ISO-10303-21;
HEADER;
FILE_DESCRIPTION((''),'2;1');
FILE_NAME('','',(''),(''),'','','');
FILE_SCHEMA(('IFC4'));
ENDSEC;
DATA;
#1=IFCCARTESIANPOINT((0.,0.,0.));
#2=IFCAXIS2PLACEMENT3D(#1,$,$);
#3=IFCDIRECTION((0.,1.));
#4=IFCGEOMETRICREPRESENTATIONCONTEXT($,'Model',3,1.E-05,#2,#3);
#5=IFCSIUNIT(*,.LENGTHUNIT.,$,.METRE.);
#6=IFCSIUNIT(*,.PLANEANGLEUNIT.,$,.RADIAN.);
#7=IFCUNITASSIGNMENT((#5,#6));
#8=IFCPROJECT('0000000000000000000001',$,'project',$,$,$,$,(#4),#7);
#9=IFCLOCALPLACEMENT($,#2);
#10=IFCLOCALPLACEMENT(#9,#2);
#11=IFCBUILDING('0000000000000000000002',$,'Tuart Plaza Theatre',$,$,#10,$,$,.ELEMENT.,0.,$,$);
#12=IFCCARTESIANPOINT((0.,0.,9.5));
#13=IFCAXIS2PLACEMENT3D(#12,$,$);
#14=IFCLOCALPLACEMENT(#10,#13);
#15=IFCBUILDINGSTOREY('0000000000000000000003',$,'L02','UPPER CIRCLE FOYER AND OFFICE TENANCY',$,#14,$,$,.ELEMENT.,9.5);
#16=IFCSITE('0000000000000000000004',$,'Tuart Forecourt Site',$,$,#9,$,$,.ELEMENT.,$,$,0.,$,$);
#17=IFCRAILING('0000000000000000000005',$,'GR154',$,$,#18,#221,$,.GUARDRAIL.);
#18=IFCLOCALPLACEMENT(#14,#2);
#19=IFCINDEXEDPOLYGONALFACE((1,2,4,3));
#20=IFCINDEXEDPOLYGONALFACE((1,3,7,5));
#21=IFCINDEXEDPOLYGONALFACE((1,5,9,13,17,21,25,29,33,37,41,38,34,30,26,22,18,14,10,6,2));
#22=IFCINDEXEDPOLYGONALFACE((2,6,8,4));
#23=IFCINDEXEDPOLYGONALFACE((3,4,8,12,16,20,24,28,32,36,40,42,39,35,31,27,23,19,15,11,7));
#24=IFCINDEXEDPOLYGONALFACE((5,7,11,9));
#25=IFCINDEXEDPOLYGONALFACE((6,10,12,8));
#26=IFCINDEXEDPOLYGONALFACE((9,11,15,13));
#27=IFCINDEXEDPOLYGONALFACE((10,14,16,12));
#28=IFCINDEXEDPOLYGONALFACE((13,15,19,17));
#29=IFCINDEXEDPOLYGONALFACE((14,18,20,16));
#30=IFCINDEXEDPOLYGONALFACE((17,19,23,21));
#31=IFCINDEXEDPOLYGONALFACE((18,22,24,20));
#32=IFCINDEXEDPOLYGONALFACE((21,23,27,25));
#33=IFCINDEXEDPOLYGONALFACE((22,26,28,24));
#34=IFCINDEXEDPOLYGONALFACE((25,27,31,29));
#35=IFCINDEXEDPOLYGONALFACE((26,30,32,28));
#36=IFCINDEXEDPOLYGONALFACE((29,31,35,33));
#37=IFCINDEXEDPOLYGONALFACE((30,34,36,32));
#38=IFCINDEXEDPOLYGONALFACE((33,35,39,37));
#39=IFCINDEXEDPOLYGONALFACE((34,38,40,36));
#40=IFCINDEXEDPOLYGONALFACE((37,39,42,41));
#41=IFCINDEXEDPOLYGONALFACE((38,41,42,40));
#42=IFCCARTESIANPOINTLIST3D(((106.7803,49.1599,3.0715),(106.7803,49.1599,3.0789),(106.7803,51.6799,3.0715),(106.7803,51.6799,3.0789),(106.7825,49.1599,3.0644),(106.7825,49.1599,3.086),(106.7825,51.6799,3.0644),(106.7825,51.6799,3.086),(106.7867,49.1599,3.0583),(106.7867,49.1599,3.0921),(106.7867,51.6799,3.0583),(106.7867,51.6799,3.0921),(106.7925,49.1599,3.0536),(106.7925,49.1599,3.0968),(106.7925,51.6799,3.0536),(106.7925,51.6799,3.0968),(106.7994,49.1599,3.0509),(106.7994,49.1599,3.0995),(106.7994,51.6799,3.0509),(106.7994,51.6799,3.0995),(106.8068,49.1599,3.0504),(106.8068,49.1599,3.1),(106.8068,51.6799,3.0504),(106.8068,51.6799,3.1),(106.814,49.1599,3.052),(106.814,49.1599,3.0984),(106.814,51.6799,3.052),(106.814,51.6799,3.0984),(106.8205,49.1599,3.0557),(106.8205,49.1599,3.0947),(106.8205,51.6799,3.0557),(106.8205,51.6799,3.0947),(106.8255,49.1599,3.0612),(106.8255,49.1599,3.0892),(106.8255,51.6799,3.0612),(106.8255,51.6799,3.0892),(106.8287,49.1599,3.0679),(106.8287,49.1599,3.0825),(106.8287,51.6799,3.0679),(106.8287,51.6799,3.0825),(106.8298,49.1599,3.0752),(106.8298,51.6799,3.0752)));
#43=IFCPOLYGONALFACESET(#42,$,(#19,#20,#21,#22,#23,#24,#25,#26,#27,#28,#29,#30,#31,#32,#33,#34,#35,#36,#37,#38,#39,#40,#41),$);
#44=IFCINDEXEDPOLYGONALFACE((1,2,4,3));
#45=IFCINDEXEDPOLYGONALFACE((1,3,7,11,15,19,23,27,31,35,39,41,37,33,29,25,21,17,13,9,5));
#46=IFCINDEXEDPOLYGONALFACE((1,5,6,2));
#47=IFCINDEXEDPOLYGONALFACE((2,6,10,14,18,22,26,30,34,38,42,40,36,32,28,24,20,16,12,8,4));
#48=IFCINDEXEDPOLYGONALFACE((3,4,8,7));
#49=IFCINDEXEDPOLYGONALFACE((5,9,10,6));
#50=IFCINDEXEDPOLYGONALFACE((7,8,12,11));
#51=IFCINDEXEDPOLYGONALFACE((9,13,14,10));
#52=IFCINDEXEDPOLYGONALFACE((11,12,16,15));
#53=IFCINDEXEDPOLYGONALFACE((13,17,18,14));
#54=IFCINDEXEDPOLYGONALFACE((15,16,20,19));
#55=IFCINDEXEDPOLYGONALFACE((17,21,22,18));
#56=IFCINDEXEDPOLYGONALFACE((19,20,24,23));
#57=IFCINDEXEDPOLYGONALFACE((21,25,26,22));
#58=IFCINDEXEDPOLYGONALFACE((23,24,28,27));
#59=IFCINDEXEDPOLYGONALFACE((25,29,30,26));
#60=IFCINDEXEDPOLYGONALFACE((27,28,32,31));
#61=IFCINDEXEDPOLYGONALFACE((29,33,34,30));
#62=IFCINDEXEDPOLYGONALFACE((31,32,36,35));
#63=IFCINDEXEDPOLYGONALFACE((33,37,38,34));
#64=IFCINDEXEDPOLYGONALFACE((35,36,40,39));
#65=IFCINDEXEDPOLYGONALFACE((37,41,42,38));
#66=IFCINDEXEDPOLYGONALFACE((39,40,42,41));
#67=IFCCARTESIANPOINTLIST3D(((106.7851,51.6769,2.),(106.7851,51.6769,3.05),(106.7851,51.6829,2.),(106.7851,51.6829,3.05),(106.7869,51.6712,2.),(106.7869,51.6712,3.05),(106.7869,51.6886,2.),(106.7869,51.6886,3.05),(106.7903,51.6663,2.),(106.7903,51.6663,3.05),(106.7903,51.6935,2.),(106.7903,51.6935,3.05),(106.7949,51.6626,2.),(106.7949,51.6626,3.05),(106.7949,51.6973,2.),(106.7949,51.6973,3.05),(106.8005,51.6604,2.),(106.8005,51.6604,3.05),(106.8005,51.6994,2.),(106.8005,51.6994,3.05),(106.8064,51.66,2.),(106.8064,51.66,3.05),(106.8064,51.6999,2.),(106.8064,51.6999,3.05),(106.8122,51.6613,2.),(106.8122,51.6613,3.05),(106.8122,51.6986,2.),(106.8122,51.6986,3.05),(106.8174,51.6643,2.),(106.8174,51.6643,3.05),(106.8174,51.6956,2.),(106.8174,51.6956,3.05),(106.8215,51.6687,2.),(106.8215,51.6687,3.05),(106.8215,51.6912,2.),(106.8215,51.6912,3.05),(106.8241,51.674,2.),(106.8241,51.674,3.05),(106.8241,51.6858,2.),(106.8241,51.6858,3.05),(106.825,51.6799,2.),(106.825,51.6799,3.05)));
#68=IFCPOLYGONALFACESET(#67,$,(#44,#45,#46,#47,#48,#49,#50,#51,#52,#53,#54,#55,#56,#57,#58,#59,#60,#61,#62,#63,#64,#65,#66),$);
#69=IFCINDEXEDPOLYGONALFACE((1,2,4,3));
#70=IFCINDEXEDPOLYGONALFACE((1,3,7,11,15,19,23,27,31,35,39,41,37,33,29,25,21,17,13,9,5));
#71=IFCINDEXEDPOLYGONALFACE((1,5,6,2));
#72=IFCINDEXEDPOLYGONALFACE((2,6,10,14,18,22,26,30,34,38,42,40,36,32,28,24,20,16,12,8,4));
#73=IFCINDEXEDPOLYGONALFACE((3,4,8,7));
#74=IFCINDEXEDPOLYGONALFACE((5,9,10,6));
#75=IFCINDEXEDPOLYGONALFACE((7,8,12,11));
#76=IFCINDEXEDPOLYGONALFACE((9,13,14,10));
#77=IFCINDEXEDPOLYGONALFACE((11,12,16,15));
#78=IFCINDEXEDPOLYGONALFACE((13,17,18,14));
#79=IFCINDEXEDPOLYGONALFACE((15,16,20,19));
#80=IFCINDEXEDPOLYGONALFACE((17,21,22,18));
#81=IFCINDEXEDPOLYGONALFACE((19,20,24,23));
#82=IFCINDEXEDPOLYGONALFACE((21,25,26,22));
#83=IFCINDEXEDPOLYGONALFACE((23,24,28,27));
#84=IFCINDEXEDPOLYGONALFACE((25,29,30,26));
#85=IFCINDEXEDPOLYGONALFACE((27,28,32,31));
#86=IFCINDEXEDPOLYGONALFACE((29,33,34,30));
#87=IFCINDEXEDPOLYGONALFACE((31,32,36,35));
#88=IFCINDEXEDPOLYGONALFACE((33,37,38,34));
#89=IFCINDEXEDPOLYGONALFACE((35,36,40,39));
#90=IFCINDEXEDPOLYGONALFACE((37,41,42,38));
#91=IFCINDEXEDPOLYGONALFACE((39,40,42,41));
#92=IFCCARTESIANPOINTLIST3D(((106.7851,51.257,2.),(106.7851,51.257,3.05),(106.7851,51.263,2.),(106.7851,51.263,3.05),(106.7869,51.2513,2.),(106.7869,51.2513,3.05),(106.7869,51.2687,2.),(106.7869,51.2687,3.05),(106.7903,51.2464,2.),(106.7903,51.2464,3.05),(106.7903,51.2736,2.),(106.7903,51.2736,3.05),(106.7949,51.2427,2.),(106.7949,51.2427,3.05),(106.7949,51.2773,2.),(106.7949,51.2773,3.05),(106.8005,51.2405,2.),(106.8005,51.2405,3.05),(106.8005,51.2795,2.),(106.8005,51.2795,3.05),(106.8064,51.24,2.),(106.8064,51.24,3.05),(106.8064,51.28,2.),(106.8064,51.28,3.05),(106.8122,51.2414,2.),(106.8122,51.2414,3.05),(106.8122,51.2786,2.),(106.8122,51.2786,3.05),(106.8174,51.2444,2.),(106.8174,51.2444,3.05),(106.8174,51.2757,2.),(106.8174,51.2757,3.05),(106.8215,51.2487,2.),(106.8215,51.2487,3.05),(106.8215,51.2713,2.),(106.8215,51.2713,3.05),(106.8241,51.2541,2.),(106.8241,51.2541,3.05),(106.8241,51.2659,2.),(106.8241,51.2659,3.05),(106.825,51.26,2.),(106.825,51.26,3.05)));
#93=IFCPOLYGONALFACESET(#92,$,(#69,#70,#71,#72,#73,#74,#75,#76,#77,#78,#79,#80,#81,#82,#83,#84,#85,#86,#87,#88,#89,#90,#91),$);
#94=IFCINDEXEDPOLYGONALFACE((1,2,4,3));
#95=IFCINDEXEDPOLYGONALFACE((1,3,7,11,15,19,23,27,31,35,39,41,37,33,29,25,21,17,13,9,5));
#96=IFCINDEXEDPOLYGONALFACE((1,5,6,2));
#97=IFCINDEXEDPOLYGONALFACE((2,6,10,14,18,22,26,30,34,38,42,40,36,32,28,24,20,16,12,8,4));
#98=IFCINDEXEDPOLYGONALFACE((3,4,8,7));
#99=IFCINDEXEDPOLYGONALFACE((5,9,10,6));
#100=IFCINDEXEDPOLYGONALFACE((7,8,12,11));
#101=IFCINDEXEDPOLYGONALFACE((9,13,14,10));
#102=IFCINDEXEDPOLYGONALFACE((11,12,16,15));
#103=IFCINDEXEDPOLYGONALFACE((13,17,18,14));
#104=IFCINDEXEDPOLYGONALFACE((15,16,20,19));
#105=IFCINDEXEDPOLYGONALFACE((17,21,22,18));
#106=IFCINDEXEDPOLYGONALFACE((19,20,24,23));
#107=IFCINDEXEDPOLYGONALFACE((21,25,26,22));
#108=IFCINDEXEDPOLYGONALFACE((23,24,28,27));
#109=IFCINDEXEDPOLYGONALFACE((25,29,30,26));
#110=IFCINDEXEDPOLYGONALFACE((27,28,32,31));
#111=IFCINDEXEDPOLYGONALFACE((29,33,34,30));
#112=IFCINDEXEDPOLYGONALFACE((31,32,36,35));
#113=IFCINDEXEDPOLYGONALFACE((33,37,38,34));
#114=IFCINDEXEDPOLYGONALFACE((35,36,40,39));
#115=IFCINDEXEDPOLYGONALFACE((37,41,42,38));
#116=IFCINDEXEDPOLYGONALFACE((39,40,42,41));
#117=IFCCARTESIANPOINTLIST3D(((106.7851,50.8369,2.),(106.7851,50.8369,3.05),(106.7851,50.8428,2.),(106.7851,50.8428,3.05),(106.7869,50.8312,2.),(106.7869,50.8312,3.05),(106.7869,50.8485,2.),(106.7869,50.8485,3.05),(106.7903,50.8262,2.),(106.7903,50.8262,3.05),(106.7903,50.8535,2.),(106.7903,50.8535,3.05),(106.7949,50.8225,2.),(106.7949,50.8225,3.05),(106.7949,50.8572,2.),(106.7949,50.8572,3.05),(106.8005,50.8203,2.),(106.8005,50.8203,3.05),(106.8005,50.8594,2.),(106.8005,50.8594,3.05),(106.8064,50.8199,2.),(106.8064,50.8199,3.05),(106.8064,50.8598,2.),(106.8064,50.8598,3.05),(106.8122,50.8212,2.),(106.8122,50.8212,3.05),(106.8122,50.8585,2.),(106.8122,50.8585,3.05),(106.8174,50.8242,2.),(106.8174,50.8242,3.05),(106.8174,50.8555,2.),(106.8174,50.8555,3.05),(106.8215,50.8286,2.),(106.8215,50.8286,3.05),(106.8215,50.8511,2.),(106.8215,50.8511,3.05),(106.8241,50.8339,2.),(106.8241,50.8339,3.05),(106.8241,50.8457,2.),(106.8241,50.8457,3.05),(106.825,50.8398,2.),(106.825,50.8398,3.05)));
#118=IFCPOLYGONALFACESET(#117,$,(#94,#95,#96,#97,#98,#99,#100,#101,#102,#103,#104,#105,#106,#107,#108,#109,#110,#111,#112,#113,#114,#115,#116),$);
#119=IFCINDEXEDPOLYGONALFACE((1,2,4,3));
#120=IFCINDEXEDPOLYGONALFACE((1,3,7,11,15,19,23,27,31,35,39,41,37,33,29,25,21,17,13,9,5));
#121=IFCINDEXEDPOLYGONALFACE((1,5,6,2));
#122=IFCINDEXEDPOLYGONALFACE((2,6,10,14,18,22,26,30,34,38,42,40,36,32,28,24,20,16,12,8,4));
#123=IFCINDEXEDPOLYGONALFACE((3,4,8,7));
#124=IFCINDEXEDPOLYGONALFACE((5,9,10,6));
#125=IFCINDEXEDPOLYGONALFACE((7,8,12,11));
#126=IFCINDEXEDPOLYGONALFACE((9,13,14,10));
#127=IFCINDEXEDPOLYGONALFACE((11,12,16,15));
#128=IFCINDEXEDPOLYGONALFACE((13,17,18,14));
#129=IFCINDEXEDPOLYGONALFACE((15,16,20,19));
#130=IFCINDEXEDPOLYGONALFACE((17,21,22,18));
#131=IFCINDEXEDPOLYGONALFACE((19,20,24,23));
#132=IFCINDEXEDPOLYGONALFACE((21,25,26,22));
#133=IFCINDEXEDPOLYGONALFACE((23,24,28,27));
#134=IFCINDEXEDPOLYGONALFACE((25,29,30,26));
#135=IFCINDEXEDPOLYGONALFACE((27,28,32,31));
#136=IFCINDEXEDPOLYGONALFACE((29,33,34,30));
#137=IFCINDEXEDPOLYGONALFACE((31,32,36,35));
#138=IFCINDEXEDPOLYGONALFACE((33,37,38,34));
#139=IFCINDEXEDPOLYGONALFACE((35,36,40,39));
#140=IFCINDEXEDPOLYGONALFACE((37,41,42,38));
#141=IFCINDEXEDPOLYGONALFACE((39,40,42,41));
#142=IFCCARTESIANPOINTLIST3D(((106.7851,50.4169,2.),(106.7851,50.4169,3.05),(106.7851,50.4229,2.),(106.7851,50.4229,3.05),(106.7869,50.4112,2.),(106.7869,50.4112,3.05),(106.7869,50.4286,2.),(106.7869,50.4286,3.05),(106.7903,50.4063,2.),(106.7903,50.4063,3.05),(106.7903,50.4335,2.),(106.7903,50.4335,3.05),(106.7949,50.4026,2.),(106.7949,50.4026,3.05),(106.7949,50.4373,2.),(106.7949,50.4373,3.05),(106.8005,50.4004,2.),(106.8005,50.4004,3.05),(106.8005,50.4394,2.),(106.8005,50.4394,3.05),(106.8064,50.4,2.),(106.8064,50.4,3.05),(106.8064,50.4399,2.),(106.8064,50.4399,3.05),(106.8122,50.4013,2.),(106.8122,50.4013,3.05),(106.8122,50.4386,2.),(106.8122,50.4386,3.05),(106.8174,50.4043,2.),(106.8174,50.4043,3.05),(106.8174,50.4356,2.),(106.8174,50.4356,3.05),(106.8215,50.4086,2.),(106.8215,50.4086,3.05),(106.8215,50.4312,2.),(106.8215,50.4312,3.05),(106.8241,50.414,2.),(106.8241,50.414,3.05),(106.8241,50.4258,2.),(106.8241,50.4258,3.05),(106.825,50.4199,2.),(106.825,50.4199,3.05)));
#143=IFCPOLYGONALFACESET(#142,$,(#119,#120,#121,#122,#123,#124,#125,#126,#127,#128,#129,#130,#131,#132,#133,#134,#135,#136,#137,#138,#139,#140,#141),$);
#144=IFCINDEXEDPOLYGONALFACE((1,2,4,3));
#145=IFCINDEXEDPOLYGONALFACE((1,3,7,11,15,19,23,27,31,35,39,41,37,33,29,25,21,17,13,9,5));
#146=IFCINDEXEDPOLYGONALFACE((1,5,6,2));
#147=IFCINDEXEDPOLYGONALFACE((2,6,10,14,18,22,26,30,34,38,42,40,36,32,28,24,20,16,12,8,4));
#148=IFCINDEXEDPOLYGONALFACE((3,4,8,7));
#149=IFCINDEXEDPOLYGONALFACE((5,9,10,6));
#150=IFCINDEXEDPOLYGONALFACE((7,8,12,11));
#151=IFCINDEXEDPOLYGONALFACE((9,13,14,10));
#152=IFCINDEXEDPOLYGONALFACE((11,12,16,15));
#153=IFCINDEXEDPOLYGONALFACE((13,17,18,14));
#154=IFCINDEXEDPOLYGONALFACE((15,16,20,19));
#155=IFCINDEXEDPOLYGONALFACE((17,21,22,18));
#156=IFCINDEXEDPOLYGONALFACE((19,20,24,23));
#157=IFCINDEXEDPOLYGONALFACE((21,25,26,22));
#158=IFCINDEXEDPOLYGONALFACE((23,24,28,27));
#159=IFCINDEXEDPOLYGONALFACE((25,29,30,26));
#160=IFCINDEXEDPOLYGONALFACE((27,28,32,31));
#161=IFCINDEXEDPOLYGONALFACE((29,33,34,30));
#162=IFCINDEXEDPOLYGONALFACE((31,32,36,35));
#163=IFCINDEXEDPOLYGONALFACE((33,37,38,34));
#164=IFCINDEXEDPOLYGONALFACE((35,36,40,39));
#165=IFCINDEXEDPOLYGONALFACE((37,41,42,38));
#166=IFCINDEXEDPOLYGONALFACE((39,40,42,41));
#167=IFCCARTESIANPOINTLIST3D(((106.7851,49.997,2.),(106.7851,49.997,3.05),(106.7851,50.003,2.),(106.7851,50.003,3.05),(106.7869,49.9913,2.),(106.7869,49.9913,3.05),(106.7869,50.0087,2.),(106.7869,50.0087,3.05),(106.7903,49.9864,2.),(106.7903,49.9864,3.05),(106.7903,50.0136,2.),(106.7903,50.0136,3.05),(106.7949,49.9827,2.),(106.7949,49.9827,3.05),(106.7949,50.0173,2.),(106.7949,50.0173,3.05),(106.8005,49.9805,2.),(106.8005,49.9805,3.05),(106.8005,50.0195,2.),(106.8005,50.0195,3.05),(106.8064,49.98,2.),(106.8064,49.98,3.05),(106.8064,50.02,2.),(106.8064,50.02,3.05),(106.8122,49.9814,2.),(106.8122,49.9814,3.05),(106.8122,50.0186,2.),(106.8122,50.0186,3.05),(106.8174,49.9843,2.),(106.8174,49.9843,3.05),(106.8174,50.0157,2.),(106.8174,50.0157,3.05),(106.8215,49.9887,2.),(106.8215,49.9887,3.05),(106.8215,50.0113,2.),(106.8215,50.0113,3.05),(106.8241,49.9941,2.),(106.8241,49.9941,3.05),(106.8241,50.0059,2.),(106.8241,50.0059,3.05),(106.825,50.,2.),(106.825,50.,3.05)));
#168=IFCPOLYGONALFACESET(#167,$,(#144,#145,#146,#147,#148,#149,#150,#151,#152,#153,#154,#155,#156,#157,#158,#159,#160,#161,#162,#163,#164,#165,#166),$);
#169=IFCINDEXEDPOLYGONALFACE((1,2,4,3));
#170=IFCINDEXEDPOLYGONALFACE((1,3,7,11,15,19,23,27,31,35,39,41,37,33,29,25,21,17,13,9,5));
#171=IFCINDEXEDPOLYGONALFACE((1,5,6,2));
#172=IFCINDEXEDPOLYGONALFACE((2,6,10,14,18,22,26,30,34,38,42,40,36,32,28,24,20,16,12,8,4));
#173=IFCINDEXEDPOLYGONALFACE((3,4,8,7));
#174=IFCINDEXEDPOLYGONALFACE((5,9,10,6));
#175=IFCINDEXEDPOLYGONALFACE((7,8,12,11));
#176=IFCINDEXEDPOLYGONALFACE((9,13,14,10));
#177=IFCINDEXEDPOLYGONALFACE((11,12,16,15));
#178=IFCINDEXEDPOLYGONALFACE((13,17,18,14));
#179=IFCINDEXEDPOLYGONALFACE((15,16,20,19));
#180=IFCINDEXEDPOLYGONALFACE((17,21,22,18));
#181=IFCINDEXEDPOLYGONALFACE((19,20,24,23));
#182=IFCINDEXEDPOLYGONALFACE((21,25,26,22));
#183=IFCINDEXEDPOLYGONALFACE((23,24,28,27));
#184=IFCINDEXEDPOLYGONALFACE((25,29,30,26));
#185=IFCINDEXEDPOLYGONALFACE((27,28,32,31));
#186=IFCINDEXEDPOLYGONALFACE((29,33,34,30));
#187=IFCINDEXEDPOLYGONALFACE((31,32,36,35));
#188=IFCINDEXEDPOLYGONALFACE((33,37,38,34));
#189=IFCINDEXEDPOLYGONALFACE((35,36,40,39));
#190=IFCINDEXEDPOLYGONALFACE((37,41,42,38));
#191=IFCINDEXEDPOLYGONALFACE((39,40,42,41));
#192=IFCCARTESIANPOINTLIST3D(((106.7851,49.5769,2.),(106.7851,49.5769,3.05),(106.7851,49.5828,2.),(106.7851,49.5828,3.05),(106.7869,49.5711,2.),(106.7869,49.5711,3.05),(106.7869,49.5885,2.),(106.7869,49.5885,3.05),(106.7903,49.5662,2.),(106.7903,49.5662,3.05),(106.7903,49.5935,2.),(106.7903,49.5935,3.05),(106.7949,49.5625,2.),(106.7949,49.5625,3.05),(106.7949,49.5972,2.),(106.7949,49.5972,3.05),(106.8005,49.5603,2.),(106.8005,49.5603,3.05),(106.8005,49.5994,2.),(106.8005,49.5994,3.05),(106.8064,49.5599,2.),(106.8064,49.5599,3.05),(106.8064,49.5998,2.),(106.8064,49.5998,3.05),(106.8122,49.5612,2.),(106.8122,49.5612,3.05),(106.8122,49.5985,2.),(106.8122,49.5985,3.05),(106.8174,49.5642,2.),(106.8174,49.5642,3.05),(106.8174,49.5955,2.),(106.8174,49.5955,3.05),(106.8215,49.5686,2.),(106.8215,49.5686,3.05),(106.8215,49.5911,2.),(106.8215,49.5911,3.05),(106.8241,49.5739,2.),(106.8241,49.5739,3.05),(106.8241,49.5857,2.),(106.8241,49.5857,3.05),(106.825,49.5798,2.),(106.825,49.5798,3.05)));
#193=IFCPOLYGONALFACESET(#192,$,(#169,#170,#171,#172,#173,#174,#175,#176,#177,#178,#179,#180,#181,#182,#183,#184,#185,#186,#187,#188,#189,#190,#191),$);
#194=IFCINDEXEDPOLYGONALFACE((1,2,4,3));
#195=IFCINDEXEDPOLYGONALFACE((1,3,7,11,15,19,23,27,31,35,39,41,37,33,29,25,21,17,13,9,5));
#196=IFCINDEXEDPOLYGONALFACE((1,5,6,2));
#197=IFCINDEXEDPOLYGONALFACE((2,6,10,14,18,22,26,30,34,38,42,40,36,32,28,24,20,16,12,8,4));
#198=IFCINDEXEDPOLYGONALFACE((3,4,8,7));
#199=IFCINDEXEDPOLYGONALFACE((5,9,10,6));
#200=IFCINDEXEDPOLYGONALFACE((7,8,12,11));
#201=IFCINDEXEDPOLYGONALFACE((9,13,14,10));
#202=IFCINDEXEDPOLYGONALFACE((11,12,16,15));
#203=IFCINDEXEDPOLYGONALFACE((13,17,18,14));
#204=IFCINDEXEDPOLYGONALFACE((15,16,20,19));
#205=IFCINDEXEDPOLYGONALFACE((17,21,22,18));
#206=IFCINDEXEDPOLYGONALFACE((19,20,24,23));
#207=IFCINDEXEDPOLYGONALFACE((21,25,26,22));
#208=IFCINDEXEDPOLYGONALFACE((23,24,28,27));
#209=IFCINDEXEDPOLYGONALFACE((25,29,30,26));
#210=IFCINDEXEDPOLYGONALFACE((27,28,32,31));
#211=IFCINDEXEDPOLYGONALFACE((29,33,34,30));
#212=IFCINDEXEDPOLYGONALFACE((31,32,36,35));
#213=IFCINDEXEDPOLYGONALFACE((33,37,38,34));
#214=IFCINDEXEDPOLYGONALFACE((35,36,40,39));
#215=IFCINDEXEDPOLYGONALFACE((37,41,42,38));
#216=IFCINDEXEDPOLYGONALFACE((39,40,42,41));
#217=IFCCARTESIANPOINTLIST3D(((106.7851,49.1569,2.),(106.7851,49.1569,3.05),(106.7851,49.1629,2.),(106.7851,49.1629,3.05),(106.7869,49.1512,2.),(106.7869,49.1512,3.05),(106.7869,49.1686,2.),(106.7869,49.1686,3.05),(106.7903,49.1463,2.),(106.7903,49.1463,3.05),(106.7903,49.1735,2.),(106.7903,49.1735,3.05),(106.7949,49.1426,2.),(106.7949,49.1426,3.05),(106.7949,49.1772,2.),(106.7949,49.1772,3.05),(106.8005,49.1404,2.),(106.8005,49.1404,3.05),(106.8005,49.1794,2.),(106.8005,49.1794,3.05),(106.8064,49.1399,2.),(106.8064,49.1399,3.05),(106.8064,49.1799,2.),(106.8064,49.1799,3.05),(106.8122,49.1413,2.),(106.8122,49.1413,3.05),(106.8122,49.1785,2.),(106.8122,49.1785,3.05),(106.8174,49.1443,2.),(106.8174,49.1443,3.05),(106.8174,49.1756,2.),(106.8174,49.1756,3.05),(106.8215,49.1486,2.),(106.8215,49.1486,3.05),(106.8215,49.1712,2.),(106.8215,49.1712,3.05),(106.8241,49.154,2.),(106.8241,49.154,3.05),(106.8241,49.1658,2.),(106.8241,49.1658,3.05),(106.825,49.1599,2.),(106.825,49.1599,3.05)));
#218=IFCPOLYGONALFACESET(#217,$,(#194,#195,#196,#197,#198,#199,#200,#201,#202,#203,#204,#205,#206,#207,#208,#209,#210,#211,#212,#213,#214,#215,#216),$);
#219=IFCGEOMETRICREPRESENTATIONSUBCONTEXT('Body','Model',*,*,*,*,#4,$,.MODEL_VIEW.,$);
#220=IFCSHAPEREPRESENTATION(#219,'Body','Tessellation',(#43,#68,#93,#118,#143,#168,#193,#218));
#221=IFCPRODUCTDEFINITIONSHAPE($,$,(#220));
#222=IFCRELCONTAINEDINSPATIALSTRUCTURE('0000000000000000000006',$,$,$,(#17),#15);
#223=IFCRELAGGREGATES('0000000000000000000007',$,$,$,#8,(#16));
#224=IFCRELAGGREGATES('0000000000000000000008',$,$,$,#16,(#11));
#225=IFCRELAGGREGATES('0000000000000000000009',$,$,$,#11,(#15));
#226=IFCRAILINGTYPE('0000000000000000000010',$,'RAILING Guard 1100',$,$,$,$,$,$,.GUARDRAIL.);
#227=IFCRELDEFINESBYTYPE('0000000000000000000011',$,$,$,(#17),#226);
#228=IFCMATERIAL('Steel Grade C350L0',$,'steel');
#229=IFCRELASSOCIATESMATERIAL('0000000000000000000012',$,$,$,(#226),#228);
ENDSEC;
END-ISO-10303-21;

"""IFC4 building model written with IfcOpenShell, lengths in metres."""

from ifc_helpers import new_model, si_unit, direction, frame, origin, origin_2d, place, context, subcontext, project, spatial, circle, extrude, material, type_object, element, save


model = new_model("IFC4")

# Units and contexts
model_context = context("Model", 3, precision=1e-05, world=origin(), true_north=direction((0.0, 1.0)))
body_context = subcontext(model_context, "Body", "Model", "MODEL_VIEW")
ifc_project = project(units=[si_unit("LENGTHUNIT", "METRE"), si_unit("PLANEANGLEUNIT", "RADIAN")], contexts=[model_context])

# Site, building, storey
site_placement = place(None, origin())
site = spatial("IfcSite", under=ifc_project, at=site_placement, Name="Tuart Forecourt Site", CompositionType="ELEMENT", RefElevation=0.0)
building_placement = place(site_placement, origin())
building = spatial("IfcBuilding", under=site, at=building_placement, Name="Tuart Plaza Theatre", CompositionType="ELEMENT", ElevationOfRefHeight=0.0)
storey_placement = place(building_placement, frame((0.0, 0.0, 9.5)))
storey = spatial("IfcBuildingStorey", under=building, at=storey_placement, Name="L02", Description="UPPER CIRCLE FOYER AND OFFICE TENANCY", CompositionType="ELEMENT", Elevation=9.5)

# Railing
ifc_material_1 = material(Name="Steel Grade C350L0", Category="steel")
railing_type_1 = type_object("IfcRailingType", Name="RAILING Guard 1100", PredefinedType="GUARDRAIL", material=ifc_material_1)
railing_1_placement = place(storey_placement, frame((106.8049, 51.6799, 2.0)))
element("IfcRailing", 1, at=railing_1_placement, inside=storey, type_object=railing_type_1, Name="GR154", PredefinedType="GUARDRAIL", context=body_context, shape_type="SweptSolid", body=[
    extrude(circle(Radius=0.0249, at=origin_2d()), frame((0.0, 0.0, 1.0752), z_axis=(0.0, -1.0, 0.0), x_axis=(1.0, 0.0, 0.0)), (0.0, 0.0, 1.0), 2.52),
    extrude(circle(Radius=0.02, at=origin_2d()), origin(), (0.0, 0.0, 1.0), 1.05),
    extrude(circle(Radius=0.02, at=origin_2d()), frame((0.0, -0.4199, 0.0)), (0.0, 0.0, 1.0), 1.05),
    extrude(circle(Radius=0.02, at=origin_2d()), frame((0.0, -0.8401, 0.0)), (0.0, 0.0, 1.0), 1.05),
    extrude(circle(Radius=0.02, at=origin_2d()), frame((0.0, -1.26, 0.0)), (0.0, 0.0, 1.0), 1.05),
    extrude(circle(Radius=0.02, at=origin_2d()), frame((0.0, -1.6799, 0.0)), (0.0, 0.0, 1.0), 1.05),
    extrude(circle(Radius=0.02, at=origin_2d()), frame((0.0, -2.1001, 0.0)), (0.0, 0.0, 1.0), 1.05),
    extrude(circle(Radius=0.02, at=origin_2d()), frame((0.0, -2.52, 0.0)), (0.0, 0.0, 1.0), 1.05),
])

save(model, "model.ifc")
